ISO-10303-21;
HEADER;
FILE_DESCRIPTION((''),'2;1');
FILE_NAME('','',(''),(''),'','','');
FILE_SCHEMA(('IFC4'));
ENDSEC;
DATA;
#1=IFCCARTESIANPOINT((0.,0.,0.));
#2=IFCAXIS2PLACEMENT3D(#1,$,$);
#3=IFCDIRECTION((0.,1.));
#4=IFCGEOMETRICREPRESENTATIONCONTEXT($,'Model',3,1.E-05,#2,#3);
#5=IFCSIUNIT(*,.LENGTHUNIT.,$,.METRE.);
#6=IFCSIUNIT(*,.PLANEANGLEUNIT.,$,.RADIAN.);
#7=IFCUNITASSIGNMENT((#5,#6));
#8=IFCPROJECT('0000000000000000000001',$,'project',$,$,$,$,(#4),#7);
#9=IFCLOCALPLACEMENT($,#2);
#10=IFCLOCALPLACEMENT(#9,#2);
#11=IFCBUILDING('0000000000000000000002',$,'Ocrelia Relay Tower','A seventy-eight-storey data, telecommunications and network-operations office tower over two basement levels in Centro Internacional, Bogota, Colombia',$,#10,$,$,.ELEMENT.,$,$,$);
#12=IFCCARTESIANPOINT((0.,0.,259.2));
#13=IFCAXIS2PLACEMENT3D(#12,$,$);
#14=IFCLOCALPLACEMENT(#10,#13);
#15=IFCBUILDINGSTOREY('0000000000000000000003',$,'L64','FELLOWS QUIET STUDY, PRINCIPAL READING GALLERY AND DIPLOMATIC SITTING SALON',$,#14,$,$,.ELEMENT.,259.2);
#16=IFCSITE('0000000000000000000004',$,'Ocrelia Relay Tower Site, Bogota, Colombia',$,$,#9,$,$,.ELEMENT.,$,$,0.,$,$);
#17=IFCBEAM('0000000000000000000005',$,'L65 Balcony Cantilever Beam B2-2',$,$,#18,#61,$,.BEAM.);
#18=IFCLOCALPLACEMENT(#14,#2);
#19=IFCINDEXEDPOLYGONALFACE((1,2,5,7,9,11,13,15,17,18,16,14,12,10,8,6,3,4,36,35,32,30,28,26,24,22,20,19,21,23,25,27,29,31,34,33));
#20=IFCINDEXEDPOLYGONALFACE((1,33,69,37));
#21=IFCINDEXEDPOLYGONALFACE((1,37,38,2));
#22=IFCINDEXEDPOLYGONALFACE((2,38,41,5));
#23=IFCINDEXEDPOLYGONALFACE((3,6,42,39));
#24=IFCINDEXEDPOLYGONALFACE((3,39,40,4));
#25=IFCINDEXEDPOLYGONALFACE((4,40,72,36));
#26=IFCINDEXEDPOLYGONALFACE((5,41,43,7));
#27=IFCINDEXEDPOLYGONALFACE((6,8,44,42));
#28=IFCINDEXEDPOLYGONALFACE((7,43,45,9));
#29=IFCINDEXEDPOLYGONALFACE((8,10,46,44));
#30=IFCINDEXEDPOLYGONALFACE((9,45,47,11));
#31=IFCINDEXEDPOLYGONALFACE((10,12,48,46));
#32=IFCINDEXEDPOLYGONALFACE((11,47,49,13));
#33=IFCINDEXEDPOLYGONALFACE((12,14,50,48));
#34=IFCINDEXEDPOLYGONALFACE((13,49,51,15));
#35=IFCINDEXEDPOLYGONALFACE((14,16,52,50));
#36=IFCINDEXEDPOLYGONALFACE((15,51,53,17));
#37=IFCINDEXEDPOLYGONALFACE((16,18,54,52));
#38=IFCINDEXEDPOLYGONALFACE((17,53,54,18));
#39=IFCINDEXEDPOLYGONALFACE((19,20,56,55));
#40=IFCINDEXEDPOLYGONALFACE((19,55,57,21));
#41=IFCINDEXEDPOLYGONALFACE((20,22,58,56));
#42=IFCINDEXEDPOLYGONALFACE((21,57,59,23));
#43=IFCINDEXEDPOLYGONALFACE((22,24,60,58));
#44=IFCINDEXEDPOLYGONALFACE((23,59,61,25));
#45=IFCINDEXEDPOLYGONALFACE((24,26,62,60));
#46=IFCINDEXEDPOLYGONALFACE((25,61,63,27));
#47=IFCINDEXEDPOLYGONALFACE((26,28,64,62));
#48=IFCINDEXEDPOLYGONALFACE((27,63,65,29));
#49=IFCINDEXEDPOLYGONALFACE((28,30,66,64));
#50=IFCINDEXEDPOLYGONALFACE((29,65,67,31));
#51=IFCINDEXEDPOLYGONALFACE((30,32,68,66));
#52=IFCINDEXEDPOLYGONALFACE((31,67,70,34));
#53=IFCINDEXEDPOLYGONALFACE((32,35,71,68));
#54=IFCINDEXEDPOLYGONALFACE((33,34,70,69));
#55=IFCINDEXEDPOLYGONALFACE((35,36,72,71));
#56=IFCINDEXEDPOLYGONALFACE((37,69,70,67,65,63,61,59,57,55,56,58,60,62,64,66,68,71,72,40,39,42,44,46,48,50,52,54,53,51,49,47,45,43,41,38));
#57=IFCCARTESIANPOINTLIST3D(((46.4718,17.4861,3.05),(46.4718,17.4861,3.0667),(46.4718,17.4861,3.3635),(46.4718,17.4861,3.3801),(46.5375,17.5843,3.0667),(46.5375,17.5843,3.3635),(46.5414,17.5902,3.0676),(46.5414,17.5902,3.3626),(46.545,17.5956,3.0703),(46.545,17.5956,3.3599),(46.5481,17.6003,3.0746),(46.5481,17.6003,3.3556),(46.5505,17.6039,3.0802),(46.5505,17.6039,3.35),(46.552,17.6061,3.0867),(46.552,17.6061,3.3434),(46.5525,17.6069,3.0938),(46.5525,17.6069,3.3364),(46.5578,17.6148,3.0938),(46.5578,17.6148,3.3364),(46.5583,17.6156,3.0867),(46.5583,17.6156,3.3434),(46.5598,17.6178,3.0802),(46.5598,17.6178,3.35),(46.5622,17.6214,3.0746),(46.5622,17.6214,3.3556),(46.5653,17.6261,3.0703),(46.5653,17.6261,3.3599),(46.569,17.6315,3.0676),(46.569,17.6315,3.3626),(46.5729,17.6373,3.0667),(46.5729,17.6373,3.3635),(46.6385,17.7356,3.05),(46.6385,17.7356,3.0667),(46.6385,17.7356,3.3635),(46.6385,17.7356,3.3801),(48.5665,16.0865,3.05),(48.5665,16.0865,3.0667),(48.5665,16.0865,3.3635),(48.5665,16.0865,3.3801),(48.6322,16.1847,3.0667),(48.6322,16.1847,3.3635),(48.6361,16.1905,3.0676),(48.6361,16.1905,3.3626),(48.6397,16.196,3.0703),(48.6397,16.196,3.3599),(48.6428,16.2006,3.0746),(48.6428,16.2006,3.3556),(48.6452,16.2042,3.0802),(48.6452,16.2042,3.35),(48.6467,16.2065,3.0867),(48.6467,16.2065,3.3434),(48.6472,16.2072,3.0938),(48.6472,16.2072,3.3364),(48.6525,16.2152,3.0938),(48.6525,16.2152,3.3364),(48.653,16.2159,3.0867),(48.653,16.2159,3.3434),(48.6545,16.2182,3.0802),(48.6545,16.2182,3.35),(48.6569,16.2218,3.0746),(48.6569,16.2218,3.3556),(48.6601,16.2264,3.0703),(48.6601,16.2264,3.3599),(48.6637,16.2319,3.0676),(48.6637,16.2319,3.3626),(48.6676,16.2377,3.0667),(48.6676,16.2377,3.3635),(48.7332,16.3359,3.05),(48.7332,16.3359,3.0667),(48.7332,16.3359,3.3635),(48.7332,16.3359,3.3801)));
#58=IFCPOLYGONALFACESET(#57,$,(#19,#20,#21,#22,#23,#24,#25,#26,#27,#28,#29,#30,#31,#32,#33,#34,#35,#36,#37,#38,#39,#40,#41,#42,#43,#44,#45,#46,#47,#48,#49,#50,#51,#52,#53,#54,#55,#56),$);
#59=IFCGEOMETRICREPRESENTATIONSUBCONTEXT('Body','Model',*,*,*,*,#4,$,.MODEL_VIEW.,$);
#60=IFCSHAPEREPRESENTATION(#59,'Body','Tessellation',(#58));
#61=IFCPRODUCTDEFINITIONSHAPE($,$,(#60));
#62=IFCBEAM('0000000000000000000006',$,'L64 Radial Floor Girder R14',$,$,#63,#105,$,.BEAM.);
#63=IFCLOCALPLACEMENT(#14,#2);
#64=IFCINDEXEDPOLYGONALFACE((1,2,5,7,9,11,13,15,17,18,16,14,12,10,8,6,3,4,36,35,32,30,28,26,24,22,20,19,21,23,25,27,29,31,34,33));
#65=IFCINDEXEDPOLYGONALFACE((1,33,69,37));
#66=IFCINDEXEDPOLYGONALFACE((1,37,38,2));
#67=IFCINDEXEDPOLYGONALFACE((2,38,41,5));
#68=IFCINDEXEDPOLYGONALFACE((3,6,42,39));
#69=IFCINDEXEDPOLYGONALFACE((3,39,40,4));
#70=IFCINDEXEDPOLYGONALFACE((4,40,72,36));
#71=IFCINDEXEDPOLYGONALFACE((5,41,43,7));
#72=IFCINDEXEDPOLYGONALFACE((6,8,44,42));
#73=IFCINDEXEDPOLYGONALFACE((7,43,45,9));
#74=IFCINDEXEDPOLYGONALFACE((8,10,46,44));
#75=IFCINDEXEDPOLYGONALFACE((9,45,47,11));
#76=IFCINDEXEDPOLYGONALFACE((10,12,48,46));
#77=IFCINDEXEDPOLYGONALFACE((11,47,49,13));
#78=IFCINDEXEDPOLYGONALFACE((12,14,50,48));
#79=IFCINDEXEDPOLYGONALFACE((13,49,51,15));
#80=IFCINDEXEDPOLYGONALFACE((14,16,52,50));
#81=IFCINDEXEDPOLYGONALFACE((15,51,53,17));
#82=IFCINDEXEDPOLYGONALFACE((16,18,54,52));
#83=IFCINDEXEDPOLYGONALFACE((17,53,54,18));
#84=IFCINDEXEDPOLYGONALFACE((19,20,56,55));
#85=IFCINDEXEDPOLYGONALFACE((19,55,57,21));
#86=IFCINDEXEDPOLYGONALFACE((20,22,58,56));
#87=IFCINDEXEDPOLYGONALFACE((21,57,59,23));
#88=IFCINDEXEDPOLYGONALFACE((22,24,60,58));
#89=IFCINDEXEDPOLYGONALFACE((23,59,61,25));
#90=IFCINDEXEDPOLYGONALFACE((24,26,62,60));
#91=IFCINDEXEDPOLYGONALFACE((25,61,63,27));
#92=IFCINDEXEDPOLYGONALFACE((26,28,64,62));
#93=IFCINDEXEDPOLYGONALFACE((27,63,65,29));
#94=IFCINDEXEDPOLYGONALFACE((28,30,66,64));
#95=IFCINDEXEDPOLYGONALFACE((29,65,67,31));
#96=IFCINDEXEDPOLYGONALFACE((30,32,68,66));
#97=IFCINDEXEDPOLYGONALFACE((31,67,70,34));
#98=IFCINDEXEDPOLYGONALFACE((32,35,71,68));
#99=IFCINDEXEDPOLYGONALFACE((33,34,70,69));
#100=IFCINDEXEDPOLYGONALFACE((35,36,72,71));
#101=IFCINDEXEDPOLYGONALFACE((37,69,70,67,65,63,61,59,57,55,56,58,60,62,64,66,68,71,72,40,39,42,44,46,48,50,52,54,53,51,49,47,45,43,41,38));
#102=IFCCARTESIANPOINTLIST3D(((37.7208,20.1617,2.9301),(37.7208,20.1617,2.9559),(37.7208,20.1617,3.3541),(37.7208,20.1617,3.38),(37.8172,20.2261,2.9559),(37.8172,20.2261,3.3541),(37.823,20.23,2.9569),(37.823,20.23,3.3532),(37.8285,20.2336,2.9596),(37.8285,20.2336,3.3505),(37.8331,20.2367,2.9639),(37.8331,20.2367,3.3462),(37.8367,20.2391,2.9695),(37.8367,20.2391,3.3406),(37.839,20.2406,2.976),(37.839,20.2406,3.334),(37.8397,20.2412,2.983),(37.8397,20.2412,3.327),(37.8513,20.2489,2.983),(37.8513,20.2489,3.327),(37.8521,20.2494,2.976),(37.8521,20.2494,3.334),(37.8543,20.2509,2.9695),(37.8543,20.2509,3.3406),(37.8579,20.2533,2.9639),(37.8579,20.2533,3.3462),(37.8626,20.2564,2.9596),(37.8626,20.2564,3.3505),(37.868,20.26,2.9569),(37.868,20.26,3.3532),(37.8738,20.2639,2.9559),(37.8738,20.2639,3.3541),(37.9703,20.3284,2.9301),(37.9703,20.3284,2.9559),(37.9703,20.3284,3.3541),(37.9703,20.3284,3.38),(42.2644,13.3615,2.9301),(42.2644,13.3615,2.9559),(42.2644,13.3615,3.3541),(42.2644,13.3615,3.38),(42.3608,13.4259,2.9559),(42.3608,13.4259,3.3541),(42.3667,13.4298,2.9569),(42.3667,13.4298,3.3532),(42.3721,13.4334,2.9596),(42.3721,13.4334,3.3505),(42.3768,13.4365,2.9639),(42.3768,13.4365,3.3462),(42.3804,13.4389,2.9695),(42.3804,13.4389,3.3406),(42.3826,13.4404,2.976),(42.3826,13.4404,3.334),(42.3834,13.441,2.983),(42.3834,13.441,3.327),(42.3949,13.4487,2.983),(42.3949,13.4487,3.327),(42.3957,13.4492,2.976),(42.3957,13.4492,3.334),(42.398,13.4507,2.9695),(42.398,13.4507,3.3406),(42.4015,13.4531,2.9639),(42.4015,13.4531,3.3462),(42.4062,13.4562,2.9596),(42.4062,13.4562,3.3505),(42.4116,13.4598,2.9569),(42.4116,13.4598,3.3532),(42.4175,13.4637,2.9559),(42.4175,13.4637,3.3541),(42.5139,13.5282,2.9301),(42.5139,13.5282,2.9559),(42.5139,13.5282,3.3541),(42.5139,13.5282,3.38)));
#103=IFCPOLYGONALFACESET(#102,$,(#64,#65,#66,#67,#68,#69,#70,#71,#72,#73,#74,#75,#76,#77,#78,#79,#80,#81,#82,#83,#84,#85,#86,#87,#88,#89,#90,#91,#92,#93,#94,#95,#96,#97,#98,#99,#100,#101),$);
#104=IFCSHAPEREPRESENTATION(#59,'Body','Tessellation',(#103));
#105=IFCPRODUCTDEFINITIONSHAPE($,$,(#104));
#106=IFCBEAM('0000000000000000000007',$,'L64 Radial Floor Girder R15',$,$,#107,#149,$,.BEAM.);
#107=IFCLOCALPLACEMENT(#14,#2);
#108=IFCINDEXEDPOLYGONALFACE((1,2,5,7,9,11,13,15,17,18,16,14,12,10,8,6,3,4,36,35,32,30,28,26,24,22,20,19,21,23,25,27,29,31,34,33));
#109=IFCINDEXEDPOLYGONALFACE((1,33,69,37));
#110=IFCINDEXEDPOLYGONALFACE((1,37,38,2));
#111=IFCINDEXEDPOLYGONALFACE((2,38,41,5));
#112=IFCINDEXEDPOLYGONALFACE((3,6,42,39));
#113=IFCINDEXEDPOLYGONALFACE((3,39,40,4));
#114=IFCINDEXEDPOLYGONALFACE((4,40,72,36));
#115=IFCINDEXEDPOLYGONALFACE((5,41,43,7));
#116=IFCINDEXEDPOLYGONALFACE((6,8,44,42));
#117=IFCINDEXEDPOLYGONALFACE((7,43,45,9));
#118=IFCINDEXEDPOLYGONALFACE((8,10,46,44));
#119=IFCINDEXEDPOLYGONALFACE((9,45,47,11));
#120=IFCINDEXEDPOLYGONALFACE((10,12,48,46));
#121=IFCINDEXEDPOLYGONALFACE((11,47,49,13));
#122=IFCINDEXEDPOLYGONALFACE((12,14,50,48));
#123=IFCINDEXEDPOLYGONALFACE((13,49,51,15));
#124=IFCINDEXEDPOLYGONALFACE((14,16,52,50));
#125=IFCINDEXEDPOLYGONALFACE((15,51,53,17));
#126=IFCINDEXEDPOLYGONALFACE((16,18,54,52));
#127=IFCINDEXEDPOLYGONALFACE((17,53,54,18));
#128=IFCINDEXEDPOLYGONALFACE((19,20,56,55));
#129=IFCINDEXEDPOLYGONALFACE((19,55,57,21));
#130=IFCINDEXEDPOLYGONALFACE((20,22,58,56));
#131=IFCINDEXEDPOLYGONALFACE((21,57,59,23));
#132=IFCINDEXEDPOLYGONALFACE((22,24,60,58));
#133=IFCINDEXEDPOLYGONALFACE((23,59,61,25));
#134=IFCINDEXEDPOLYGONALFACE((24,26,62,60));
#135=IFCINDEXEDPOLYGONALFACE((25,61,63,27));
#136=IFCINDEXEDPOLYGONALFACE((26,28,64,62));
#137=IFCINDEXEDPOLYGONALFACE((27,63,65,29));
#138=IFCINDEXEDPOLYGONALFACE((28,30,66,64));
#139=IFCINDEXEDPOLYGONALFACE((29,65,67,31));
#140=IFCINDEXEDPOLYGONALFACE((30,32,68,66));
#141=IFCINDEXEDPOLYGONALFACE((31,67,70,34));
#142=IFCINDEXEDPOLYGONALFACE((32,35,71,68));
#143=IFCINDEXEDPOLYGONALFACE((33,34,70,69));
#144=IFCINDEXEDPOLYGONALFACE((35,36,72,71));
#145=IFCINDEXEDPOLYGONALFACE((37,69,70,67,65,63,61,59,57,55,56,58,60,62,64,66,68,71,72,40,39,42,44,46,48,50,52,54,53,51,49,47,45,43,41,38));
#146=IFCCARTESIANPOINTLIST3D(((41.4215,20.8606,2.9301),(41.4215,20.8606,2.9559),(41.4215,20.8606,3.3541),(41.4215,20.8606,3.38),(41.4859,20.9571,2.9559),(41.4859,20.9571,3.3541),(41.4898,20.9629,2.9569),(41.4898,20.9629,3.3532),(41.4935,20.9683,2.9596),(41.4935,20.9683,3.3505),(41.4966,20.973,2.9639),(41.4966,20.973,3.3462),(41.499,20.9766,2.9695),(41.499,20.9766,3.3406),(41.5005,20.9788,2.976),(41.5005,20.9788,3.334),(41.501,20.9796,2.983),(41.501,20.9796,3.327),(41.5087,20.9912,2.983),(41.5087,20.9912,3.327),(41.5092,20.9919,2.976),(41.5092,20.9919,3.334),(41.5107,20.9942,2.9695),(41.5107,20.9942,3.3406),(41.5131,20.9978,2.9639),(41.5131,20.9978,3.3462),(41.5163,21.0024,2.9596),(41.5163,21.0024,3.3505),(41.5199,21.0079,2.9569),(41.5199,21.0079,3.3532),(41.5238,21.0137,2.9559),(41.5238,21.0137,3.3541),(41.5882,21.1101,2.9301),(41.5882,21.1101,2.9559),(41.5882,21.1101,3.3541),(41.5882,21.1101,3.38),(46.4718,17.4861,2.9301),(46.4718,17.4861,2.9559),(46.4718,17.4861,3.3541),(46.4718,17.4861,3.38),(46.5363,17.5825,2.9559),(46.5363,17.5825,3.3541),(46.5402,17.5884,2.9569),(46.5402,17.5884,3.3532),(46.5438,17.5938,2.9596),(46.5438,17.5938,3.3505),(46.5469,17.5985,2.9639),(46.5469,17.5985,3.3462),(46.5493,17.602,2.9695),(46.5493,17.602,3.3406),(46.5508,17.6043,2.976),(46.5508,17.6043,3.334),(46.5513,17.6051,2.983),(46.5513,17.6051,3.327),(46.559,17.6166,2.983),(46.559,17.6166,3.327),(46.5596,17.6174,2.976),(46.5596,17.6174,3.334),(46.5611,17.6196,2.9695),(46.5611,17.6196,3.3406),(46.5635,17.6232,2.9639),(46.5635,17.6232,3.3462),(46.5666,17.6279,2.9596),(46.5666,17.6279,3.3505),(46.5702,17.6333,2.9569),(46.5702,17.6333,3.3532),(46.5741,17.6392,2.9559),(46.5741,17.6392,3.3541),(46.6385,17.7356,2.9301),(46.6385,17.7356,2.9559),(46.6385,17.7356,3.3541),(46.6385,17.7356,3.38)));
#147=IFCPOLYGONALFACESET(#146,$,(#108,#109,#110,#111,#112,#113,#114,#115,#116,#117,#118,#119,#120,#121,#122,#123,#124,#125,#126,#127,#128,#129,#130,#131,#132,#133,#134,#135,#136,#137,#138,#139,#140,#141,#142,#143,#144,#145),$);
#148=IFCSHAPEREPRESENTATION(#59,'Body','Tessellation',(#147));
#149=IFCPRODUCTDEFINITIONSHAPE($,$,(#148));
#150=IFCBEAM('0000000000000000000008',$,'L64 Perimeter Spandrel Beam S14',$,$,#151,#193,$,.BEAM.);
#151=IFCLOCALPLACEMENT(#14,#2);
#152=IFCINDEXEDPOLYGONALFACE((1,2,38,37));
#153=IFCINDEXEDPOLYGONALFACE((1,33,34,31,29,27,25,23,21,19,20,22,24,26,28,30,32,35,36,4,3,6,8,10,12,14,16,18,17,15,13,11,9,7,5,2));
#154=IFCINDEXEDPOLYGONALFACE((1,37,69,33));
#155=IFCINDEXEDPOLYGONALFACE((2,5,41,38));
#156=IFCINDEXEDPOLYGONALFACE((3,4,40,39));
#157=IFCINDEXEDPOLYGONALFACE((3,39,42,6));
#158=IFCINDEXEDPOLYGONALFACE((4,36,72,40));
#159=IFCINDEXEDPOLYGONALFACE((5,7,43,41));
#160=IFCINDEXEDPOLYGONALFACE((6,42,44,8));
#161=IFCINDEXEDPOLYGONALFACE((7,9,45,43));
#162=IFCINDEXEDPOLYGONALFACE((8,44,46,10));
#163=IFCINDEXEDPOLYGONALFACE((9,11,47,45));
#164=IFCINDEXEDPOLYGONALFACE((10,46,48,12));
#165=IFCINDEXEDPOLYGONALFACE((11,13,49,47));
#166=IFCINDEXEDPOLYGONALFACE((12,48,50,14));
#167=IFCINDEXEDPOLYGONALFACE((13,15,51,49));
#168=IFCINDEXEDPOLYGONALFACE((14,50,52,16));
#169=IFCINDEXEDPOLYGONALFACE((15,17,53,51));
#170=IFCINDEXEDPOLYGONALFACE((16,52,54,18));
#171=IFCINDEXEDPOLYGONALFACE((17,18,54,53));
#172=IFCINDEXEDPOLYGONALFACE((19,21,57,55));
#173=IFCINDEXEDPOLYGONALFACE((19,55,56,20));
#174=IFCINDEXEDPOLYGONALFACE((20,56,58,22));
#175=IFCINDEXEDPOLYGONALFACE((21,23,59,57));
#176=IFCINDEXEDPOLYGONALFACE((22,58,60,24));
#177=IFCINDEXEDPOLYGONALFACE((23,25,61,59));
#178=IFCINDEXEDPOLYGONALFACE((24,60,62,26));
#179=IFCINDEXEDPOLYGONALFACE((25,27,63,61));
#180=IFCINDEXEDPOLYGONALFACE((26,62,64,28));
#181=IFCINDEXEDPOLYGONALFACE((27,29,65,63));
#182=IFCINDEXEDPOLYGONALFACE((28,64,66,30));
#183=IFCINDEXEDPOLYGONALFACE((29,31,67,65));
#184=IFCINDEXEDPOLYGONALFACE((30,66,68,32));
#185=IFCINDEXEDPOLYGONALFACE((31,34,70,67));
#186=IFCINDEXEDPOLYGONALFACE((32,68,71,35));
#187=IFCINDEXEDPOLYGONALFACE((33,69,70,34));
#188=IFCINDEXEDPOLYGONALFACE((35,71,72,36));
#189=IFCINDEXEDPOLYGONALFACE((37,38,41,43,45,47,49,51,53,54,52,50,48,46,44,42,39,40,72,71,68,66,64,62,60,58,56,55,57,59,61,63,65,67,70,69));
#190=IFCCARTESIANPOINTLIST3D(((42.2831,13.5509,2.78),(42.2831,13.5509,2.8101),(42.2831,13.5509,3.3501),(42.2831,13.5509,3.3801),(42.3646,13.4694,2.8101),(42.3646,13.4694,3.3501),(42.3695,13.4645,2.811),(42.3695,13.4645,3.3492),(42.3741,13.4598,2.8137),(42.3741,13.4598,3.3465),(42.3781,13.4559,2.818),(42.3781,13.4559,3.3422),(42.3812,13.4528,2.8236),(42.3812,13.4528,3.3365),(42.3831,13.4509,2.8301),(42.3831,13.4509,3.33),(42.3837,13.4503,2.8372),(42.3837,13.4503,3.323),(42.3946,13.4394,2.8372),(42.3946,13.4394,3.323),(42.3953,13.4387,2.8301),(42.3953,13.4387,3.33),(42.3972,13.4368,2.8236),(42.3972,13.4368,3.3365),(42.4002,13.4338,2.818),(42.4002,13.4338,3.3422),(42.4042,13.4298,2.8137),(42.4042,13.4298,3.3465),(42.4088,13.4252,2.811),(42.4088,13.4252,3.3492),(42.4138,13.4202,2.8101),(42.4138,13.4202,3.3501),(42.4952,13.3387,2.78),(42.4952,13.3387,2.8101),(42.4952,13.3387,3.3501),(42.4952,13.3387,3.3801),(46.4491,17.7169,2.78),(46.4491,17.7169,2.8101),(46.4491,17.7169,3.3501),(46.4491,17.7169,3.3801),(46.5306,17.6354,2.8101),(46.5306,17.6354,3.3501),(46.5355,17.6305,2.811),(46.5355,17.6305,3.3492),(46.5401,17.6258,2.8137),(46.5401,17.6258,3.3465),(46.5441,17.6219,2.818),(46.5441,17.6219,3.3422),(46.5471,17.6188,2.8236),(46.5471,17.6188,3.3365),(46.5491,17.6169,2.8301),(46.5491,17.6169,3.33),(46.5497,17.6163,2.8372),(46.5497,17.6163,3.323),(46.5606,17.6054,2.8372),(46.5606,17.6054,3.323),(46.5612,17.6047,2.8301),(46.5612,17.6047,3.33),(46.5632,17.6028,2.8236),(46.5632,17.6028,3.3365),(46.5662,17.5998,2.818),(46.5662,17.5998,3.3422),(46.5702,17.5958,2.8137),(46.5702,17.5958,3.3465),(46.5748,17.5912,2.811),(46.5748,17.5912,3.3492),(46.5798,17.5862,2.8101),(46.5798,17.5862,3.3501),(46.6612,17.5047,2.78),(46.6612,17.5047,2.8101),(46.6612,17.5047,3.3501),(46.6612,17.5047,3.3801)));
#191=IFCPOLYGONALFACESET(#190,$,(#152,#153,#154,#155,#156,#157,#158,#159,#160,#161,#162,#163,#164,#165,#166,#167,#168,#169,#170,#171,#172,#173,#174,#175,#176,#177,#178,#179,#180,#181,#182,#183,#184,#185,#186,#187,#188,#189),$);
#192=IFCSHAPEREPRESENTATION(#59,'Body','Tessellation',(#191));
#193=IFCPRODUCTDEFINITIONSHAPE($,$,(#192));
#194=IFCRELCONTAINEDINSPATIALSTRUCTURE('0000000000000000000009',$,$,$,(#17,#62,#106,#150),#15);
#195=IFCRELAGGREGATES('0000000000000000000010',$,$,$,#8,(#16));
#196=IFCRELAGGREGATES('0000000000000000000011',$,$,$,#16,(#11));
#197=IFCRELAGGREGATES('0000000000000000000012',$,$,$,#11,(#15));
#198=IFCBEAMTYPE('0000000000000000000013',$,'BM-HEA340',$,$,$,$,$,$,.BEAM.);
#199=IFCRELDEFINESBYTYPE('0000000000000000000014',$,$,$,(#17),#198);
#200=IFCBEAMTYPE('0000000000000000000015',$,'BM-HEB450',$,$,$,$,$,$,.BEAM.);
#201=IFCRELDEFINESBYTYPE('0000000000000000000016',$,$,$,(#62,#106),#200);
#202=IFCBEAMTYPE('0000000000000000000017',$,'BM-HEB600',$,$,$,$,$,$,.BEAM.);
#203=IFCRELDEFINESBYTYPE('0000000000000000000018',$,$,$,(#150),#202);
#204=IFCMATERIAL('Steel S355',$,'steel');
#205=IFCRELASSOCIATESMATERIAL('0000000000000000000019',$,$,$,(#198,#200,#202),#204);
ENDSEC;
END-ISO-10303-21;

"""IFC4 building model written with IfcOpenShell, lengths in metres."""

from ifc_helpers import new_model, si_unit, direction, frame, origin, origin_2d, place, context, subcontext, project, spatial, i_section, extrude, material, material_profile, profile_set, type_object, element, save


model = new_model("IFC4")

# Units and contexts
model_context = context("Model", 3, precision=1e-05, world=origin(), true_north=direction((0.0, 1.0)))
body_context = subcontext(model_context, "Body", "Model", "MODEL_VIEW")
ifc_project = project(units=[si_unit("LENGTHUNIT", "METRE"), si_unit("PLANEANGLEUNIT", "RADIAN")], contexts=[model_context])

# Site, building, storey
site_placement = place(None, origin())
site = spatial("IfcSite", under=ifc_project, at=site_placement, Name="Ocrelia Relay Tower Site, Bogota, Colombia", CompositionType="ELEMENT", RefElevation=0.0)
building_placement = place(site_placement, origin())
building = spatial("IfcBuilding", under=site, at=building_placement, Name="Ocrelia Relay Tower", Description="A seventy-eight-storey data, telecommunications and network-operations office tower over two basement levels in Centro Internacional, Bogota, Colombia", CompositionType="ELEMENT")
storey_placement = place(building_placement, frame((0.0, 0.0, 259.2)))
storey = spatial("IfcBuildingStorey", under=building, at=storey_placement, Name="L64", Description="FELLOWS QUIET STUDY, PRINCIPAL READING GALLERY AND DIPLOMATIC SITTING SALON", CompositionType="ELEMENT", Elevation=259.2)

# Beams
ifc_material_1 = material(Name="Steel S355", Category="steel")
ifc_material_profile_1 = material_profile(ifc_material_1, i_section(OverallWidth=0.3, OverallDepth=0.3301, WebThickness=0.0095, FlangeThickness=0.0166, FilletRadius=0.0271, at=origin_2d()), Name="HEA 340")
ifc_profile_set_1 = profile_set([ifc_material_profile_1], Name="Steel S355")
beam_type_1 = type_object("IfcBeamType", Name="BM-HEA340", PredefinedType="BEAM", material=ifc_profile_set_1)
beam_1_placement = place(storey_placement, frame((46.5552, 17.6108, 3.2151), z_axis=(0.831468, -0.555572, 0.0), x_axis=(0.555572, 0.831468, 0.0)))
element("IfcBeam", 1, at=beam_1_placement, inside=storey, type_object=beam_type_1, Name="L65 Balcony Cantilever Beam B2-2", PredefinedType="BEAM", context=body_context, shape_type="SweptSolid", body=[
    extrude(i_section(OverallWidth=0.3, OverallDepth=0.3301, WebThickness=0.0095, FlangeThickness=0.0166, FilletRadius=0.0271, at=origin_2d()), origin(), (0.0, 0.0, 1.0), 2.5193),
])
ifc_material_profile_2 = material_profile(ifc_material_1, i_section(OverallWidth=0.3, OverallDepth=0.45, WebThickness=0.0139, FlangeThickness=0.0259, FilletRadius=0.0271, at=origin_2d()), Name="HEB 450")
ifc_profile_set_2 = profile_set([ifc_material_profile_2], Name="Steel S355")
beam_type_2 = type_object("IfcBeamType", Name="BM-HEB450", PredefinedType="BEAM", material=ifc_profile_set_2)
beam_2_placement = place(storey_placement, frame((42.3892, 13.4448, 3.155), z_axis=(-0.555561, 0.831476, 0.0), x_axis=(-0.831476, -0.555561, 0.0)))
element("IfcBeam", 2, at=beam_2_placement, inside=storey, type_object=beam_type_2, Name="L64 Radial Floor Girder R14", PredefinedType="BEAM", context=body_context, shape_type="SweptSolid", body=[
    extrude(i_section(OverallWidth=0.3, OverallDepth=0.45, WebThickness=0.0139, FlangeThickness=0.0259, FilletRadius=0.0271, at=origin_2d()), origin(), (0.0, 0.0, 1.0), 8.1785),
])
beam_3_placement = place(storey_placement, frame((46.5552, 17.6108, 3.155), z_axis=(-0.831469, 0.555572, 0.0), x_axis=(-0.555572, -0.831469, 0.0)))
element("IfcBeam", 3, at=beam_3_placement, inside=storey, type_object=beam_type_2, Name="L64 Radial Floor Girder R15", PredefinedType="BEAM", context=body_context, shape_type="SweptSolid", body=[
    extrude(i_section(OverallWidth=0.3, OverallDepth=0.45, WebThickness=0.0139, FlangeThickness=0.0259, FilletRadius=0.0271, at=origin_2d()), origin(), (0.0, 0.0, 1.0), 6.074),
])
ifc_material_profile_3 = material_profile(ifc_material_1, i_section(OverallWidth=0.3, OverallDepth=0.6001, WebThickness=0.0154, FlangeThickness=0.03, FilletRadius=0.0271, at=origin_2d()), Name="HEB 600")
ifc_profile_set_3 = profile_set([ifc_material_profile_3], Name="Steel S355")
beam_type_3 = type_object("IfcBeamType", Name="BM-HEB600", PredefinedType="BEAM", material=ifc_profile_set_3)
beam_4_placement = place(storey_placement, frame((42.3892, 13.4448, 3.0801), z_axis=(0.707107, 0.707107, 0.0), x_axis=(-0.707107, 0.707107, 0.0)))
element("IfcBeam", 4, at=beam_4_placement, inside=storey, type_object=beam_type_3, Name="L64 Perimeter Spandrel Beam S14", PredefinedType="BEAM", context=body_context, shape_type="SweptSolid", body=[
    extrude(i_section(OverallWidth=0.3, OverallDepth=0.6001, WebThickness=0.0154, FlangeThickness=0.03, FilletRadius=0.0271, at=origin_2d()), origin(), (0.0, 0.0, 1.0), 5.8916),
])

save(model, "model.ifc")
